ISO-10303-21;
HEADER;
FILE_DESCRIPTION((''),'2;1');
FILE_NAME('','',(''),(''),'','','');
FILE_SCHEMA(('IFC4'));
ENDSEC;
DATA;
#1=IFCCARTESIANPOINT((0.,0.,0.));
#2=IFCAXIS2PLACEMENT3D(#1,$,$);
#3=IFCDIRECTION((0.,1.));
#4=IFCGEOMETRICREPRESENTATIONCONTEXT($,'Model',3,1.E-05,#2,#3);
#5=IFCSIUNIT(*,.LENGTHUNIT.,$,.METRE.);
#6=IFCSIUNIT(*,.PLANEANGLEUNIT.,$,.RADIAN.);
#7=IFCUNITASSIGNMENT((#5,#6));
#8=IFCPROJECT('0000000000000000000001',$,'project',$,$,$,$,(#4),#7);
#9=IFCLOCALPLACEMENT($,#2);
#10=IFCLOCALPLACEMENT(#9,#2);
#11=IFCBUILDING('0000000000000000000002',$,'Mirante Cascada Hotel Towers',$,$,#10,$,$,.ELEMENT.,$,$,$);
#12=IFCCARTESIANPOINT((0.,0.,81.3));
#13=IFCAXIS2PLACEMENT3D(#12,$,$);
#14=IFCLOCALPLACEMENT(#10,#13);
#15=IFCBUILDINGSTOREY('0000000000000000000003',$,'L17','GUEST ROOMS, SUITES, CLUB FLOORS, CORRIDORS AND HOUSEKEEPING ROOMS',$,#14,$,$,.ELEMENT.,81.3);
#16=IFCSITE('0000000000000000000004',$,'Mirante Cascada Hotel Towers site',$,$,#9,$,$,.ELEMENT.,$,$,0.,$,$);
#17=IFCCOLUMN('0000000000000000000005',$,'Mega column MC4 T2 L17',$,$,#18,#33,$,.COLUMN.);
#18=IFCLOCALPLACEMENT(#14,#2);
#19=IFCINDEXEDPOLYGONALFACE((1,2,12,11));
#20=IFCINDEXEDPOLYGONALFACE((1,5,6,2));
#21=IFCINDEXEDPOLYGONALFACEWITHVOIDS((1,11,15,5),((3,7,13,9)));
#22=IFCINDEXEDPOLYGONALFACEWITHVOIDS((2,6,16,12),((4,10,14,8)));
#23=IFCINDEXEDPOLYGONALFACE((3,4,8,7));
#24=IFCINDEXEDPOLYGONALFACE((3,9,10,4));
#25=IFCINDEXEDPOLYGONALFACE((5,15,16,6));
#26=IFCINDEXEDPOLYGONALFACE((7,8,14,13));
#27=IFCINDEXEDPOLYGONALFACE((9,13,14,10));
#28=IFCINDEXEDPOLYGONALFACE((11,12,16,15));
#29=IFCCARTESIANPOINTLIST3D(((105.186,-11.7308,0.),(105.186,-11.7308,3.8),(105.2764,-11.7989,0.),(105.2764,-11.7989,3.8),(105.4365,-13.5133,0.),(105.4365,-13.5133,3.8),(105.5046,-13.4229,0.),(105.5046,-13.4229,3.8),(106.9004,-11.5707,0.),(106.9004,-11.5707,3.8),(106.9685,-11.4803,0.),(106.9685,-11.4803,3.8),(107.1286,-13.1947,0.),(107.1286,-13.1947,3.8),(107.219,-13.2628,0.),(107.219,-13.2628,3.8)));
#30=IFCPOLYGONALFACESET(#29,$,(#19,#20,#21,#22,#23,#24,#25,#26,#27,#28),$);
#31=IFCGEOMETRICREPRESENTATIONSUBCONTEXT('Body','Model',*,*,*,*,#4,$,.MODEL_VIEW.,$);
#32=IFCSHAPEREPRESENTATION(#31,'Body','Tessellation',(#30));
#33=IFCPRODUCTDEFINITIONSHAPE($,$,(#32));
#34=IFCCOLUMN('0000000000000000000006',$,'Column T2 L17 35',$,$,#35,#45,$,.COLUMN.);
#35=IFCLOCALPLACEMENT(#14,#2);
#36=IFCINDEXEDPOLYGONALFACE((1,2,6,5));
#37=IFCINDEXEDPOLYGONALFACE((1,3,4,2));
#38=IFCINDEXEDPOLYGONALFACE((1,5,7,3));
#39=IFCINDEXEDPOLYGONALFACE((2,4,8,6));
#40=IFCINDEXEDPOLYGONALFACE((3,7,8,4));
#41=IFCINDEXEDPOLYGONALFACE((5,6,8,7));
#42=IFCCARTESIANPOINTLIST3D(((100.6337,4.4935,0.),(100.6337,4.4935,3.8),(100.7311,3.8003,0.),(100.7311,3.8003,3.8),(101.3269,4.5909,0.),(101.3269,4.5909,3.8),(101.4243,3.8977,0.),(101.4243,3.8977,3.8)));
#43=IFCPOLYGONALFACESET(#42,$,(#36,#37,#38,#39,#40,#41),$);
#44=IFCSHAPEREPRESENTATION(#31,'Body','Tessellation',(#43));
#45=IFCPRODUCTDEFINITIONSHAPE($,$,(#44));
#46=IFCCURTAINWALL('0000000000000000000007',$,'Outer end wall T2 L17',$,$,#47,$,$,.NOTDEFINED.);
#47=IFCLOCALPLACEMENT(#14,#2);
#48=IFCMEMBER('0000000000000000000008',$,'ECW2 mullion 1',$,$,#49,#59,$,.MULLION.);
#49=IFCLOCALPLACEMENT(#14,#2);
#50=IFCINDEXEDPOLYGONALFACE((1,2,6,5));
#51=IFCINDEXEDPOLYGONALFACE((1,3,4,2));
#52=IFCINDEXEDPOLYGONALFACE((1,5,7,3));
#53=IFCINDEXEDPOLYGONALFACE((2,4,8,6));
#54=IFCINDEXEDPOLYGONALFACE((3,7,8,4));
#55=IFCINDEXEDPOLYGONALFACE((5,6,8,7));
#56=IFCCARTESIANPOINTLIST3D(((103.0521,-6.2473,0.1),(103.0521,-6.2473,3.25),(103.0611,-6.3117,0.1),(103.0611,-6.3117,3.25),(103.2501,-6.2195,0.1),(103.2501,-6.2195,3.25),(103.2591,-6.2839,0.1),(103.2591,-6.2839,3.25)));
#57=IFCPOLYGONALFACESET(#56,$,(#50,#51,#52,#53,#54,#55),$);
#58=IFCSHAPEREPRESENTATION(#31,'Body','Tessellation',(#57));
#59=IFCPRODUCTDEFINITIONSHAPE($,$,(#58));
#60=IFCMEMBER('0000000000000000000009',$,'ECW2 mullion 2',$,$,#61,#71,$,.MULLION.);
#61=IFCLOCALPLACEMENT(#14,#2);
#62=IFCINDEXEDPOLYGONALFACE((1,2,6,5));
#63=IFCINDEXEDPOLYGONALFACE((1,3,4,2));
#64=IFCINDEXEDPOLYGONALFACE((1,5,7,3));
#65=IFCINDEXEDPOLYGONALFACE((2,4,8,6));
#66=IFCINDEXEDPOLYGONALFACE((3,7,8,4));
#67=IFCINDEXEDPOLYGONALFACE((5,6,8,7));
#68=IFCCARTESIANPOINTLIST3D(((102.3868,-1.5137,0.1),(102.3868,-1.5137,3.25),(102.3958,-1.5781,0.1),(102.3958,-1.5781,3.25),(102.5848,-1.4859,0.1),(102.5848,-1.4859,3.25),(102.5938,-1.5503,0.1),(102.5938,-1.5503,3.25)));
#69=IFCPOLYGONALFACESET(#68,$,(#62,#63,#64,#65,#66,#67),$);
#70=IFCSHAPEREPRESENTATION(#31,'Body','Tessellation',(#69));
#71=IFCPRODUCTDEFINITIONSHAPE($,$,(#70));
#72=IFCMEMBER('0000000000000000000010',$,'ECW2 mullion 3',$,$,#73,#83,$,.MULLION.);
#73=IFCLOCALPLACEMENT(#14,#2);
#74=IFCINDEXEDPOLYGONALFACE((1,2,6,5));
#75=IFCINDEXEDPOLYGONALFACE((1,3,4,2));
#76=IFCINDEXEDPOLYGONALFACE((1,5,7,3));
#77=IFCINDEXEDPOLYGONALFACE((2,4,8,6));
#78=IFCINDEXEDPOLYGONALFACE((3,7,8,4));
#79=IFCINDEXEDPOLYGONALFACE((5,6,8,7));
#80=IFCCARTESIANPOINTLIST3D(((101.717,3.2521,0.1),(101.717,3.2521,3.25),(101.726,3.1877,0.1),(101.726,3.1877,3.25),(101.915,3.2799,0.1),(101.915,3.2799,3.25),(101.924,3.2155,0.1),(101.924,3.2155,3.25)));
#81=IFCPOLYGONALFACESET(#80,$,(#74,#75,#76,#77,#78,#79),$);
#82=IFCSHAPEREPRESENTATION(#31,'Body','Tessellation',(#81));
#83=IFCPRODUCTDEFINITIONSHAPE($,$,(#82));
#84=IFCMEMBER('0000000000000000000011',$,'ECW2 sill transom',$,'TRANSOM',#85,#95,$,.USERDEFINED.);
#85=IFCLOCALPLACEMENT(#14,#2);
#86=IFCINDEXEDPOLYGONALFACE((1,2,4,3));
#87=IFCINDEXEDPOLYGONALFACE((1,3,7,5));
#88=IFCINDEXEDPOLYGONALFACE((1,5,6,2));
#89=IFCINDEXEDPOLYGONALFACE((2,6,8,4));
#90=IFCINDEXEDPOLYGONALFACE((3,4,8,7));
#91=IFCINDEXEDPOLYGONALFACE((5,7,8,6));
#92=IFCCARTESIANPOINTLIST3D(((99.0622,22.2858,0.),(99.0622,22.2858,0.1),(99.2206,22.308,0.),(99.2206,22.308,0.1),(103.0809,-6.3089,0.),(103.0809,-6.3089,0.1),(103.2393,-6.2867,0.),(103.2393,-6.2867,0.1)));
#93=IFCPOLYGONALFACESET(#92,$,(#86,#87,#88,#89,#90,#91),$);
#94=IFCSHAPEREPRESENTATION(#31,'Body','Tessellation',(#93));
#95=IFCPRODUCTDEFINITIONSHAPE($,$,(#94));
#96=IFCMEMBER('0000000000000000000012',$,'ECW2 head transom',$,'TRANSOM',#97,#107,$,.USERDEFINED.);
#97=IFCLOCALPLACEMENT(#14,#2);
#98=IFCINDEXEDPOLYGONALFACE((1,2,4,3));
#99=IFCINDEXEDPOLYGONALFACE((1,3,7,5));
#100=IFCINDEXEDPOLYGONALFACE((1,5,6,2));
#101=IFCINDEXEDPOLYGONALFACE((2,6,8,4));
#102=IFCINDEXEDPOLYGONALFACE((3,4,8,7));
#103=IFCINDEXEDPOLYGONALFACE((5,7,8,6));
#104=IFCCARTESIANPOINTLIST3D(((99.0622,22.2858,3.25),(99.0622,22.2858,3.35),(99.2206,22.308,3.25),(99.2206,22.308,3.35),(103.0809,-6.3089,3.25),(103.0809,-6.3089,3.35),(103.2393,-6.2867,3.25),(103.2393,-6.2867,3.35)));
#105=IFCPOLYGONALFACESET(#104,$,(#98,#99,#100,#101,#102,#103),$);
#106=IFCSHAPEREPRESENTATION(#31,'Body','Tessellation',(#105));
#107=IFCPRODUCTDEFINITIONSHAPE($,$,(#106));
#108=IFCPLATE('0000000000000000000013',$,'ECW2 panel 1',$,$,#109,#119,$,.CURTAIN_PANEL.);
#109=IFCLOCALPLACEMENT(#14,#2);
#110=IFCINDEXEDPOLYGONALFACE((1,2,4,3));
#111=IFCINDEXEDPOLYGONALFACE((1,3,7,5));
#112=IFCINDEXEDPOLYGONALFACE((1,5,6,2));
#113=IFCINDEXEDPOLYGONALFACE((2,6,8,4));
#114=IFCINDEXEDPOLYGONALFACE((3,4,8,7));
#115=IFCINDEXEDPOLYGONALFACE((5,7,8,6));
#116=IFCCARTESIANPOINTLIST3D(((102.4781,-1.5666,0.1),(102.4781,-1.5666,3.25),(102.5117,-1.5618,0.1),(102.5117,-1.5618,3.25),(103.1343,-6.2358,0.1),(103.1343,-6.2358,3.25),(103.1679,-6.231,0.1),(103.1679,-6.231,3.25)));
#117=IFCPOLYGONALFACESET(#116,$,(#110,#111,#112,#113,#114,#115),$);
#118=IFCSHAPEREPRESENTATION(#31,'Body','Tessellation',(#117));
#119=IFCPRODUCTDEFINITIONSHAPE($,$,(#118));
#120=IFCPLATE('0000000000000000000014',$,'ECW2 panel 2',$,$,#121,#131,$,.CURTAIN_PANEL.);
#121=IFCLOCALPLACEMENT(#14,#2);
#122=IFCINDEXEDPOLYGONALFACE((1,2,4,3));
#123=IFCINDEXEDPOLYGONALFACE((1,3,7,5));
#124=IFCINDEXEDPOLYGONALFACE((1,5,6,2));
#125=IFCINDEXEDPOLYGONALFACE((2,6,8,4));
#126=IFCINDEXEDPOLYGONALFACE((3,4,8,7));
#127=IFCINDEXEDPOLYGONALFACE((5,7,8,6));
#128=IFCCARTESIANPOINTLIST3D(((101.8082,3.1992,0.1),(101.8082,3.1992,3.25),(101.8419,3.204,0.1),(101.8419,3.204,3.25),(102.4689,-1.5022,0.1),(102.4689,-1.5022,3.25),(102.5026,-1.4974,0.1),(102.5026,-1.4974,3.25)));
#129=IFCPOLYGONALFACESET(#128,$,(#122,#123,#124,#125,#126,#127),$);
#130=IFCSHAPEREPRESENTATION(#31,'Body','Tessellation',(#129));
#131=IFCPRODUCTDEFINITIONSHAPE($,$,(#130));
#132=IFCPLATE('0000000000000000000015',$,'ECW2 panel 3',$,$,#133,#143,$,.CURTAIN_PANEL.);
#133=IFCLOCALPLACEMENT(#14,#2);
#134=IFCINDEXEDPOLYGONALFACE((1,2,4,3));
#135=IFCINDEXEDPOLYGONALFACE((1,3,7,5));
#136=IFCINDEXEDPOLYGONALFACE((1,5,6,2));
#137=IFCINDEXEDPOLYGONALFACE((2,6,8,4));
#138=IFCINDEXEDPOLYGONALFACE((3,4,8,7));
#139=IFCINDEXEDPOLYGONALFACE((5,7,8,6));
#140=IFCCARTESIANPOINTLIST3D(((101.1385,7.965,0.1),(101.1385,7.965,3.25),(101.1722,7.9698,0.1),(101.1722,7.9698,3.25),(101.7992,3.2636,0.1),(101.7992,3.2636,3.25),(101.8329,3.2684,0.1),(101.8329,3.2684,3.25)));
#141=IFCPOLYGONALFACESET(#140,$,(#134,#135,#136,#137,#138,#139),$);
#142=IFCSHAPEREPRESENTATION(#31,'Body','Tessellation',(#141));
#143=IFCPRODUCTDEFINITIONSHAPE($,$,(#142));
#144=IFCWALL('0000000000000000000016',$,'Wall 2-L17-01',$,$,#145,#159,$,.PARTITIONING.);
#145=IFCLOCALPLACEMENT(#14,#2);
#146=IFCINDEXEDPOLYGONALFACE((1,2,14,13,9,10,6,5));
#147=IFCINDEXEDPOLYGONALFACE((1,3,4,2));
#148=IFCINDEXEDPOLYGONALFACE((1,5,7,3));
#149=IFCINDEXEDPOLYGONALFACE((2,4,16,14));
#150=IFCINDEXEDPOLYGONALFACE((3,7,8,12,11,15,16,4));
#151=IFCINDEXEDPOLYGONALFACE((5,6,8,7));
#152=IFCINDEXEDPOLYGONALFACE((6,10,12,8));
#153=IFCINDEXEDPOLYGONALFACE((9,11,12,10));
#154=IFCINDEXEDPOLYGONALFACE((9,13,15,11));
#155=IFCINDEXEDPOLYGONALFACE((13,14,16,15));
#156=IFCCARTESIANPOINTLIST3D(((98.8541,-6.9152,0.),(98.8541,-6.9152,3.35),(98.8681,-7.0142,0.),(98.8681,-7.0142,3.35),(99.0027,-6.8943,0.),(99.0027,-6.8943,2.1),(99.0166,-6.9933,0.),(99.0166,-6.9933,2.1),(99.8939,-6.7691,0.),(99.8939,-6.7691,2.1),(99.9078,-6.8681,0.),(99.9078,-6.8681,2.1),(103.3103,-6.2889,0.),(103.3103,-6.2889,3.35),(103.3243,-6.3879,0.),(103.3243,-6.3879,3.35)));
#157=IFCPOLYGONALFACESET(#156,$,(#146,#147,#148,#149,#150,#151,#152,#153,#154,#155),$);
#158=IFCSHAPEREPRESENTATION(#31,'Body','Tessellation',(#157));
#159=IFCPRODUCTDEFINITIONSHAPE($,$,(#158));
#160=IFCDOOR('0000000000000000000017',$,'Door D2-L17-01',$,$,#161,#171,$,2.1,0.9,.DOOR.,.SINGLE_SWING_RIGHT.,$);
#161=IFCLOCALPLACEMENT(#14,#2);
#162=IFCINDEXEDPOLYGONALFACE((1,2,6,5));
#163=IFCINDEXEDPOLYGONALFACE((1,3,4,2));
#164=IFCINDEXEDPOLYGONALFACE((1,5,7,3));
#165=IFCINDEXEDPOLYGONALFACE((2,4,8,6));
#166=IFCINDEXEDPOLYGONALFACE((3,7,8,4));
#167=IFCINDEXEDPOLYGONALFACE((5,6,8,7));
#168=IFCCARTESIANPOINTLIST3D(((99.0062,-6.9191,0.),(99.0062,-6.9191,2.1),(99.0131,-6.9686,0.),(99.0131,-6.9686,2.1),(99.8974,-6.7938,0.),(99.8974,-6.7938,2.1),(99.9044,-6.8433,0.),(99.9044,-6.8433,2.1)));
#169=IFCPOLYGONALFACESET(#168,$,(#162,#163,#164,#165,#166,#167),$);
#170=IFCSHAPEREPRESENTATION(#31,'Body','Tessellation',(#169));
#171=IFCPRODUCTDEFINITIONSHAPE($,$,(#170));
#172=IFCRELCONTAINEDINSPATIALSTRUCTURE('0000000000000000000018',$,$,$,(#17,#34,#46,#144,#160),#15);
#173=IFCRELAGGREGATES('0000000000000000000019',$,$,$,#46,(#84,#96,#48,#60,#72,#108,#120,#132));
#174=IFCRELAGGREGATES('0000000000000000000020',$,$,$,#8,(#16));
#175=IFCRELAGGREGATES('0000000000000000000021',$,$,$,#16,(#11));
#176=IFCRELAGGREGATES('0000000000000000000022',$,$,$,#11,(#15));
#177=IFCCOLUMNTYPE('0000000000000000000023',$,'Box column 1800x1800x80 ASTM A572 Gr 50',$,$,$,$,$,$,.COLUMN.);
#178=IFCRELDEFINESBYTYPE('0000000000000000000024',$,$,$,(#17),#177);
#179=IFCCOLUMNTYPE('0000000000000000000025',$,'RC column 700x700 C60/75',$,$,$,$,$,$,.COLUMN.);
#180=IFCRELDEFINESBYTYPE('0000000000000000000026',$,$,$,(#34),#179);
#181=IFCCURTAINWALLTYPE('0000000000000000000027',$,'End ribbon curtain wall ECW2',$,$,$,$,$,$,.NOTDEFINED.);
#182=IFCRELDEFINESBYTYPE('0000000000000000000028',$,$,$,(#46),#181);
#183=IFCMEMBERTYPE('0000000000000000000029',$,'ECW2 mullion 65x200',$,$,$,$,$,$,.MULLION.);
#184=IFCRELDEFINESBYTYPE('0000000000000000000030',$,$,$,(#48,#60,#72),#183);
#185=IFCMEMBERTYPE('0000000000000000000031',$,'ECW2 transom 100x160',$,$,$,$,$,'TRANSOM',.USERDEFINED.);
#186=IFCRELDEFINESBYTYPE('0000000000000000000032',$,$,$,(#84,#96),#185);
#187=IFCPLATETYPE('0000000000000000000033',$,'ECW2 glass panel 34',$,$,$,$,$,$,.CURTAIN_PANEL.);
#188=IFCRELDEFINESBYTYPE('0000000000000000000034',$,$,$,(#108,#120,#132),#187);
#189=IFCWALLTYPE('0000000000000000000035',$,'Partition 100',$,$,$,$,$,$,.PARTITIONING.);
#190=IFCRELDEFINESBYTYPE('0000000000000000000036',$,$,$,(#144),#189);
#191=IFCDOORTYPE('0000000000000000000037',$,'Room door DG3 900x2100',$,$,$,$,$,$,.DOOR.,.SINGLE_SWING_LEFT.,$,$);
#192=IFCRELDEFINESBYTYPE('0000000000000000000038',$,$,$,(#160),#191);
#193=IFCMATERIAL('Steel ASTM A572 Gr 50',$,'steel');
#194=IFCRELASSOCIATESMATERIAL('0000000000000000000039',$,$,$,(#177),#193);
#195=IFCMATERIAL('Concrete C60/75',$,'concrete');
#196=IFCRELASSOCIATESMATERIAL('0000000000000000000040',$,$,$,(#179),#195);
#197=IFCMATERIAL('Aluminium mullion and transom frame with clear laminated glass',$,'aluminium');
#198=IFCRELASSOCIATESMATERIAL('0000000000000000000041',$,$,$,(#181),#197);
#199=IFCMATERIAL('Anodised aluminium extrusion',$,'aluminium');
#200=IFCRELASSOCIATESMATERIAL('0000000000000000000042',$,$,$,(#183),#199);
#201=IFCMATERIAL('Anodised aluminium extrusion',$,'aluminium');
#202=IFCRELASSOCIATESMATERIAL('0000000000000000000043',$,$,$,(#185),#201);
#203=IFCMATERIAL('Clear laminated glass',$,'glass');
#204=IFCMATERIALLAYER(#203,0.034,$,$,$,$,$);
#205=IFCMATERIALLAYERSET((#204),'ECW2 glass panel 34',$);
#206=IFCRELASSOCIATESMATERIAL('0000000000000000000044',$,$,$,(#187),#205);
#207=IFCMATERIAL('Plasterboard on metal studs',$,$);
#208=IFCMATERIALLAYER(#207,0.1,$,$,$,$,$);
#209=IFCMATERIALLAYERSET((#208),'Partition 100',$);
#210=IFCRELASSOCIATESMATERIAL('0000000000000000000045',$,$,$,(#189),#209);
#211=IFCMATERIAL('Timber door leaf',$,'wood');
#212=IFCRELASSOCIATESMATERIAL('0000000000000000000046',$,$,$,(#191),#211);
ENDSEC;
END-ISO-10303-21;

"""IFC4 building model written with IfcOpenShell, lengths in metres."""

from ifc_helpers import new_model, si_unit, direction, frame, frame_2d, origin, origin_2d, place, context, subcontext, project, spatial, rectangle, hollow_rectangle, extrude, material, layer, layer_set, material_profile, profile_set, type_object, element, fill, aggregate, save


model = new_model("IFC4")

# Units and contexts
model_context = context("Model", 3, precision=1e-05, world=origin(), true_north=direction((0.0, 1.0)))
body_context = subcontext(model_context, "Body", "Model", "MODEL_VIEW")
ifc_project = project(units=[si_unit("LENGTHUNIT", "METRE"), si_unit("PLANEANGLEUNIT", "RADIAN")], contexts=[model_context])

# Site, building, storey
site_placement = place(None, origin())
site = spatial("IfcSite", under=ifc_project, at=site_placement, Name="Mirante Cascada Hotel Towers site", CompositionType="ELEMENT", RefElevation=0.0)
building_placement = place(site_placement, origin())
building = spatial("IfcBuilding", under=site, at=building_placement, Name="Mirante Cascada Hotel Towers", CompositionType="ELEMENT")
storey_placement = place(building_placement, frame((0.0, 0.0, 81.3)))
storey = spatial("IfcBuildingStorey", under=building, at=storey_placement, Name="L17", Description="GUEST ROOMS, SUITES, CLUB FLOORS, CORRIDORS AND HOUSEKEEPING ROOMS", CompositionType="ELEMENT", Elevation=81.3)

# Columns
ifc_material_1 = material(Name="Steel ASTM A572 Gr 50", Category="steel")
ifc_material_profile_1 = material_profile(ifc_material_1, hollow_rectangle(XDim=1.8, YDim=1.8, WallThickness=0.08, at=origin_2d()), Name="Box column 1800x1800x80 ASTM A572 Gr 50")
ifc_profile_set_1 = profile_set([ifc_material_profile_1], Name="Steel ASTM A572 Gr 50")
column_type_1 = type_object("IfcColumnType", Name="Box column 1800x1800x80 ASTM A572 Gr 50", PredefinedType="COLUMN", material=ifc_profile_set_1)
column_1_placement = place(storey_placement, frame((106.2025, -12.4968, 0.0), z_axis=(0.0, 0.0, 1.0), x_axis=(0.990268, 0.139173, 0.0)))
element("IfcColumn", 1, at=column_1_placement, inside=storey, type_object=column_type_1, Name="Mega column MC4 T2 L17", PredefinedType="COLUMN", context=body_context, shape_type="SweptSolid", body=[
    extrude(hollow_rectangle(XDim=1.8, YDim=1.8, WallThickness=0.08, at=origin_2d()), origin(), (0.0, 0.0, 1.0), 3.8),
])
ifc_material_2 = material(Name="Concrete C60/75", Category="concrete")
ifc_material_profile_2 = material_profile(ifc_material_2, rectangle(XDim=0.7, YDim=0.7, at=origin_2d()), Name="RC column 700x700 C60/75")
ifc_profile_set_2 = profile_set([ifc_material_profile_2], Name="Concrete C60/75")
column_type_2 = type_object("IfcColumnType", Name="RC column 700x700 C60/75", PredefinedType="COLUMN", material=ifc_profile_set_2)
column_2_placement = place(storey_placement, frame((101.029, 4.1956, 0.0), z_axis=(0.0, 0.0, 1.0), x_axis=(0.990268, 0.139173, 0.0)))
element("IfcColumn", 2, at=column_2_placement, inside=storey, type_object=column_type_2, Name="Column T2 L17 35", PredefinedType="COLUMN", context=body_context, shape_type="SweptSolid", body=[
    extrude(rectangle(XDim=0.7, YDim=0.7, at=origin_2d()), origin(), (0.0, 0.0, 1.0), 3.8),
])

# Curtain wall, members, plates
ifc_material_3 = material(Name="Aluminium mullion and transom frame with clear laminated glass", Category="aluminium")
curtain_wall_type = type_object("IfcCurtainWallType", Name="End ribbon curtain wall ECW2", PredefinedType="NOTDEFINED", material=ifc_material_3)
curtain_wall_placement = place(storey_placement, origin())
curtain_wall = element("IfcCurtainWall", 3, at=curtain_wall_placement, inside=storey, type_object=curtain_wall_type, Name="Outer end wall T2 L17", PredefinedType="NOTDEFINED")
ifc_material_4 = material(Name="Anodised aluminium extrusion", Category="aluminium")
ifc_material_profile_3 = material_profile(ifc_material_4, rectangle(XDim=0.2, YDim=0.065, at=origin_2d()), Name="ECW2 MULLION 65x200")
ifc_profile_set_3 = profile_set([ifc_material_profile_3], Name="Anodised aluminium extrusion")
member_type_1 = type_object("IfcMemberType", Name="ECW2 mullion 65x200", PredefinedType="MULLION", material=ifc_profile_set_3)
member_1_placement = place(storey_placement, frame((103.1556, -6.2656, 0.1), z_axis=(0.0, 0.0, 1.0), x_axis=(-0.990268, -0.139173, 0.0)))
member_1 = element("IfcMember", 4, at=member_1_placement, type_object=member_type_1, Name="ECW2 mullion 1", PredefinedType="MULLION", context=body_context, shape_type="SweptSolid", body=[
    extrude(rectangle(XDim=0.2, YDim=0.065, at=origin_2d()), origin(), (0.0, 0.0, 1.0), 3.15),
])
member_2_placement = place(storey_placement, frame((102.4903, -1.532, 0.1), z_axis=(0.0, 0.0, 1.0), x_axis=(-0.990268, -0.139173, 0.0)))
member_2 = element("IfcMember", 5, at=member_2_placement, type_object=member_type_1, Name="ECW2 mullion 2", PredefinedType="MULLION", context=body_context, shape_type="SweptSolid", body=[
    extrude(rectangle(XDim=0.2, YDim=0.065, at=origin_2d()), origin(), (0.0, 0.0, 1.0), 3.15),
])
member_3_placement = place(storey_placement, frame((101.8205, 3.2338, 0.1), z_axis=(0.0, 0.0, 1.0), x_axis=(-0.990268, -0.139173, 0.0)))
member_3 = element("IfcMember", 6, at=member_3_placement, type_object=member_type_1, Name="ECW2 mullion 3", PredefinedType="MULLION", context=body_context, shape_type="SweptSolid", body=[
    extrude(rectangle(XDim=0.2, YDim=0.065, at=origin_2d()), origin(), (0.0, 0.0, 1.0), 3.15),
])
ifc_material_5 = material(Name="Anodised aluminium extrusion", Category="aluminium")
ifc_material_profile_4 = material_profile(ifc_material_5, rectangle(XDim=0.16, YDim=0.1, at=origin_2d()), Name="ECW2 TRANSOM 100x160")
ifc_profile_set_4 = profile_set([ifc_material_profile_4], Name="Anodised aluminium extrusion")
member_type_2 = type_object("IfcMemberType", Name="ECW2 transom 100x160", ElementType="TRANSOM", PredefinedType="USERDEFINED", material=ifc_profile_set_4)
member_4_placement = place(storey_placement, frame((103.1601, -6.2978, 0.05), z_axis=(-0.139172, 0.990268, 0.0), x_axis=(-0.990268, -0.139172, 0.0)))
member_4 = element("IfcMember", 7, at=member_4_placement, type_object=member_type_2, Name="ECW2 sill transom", ObjectType="TRANSOM", PredefinedType="USERDEFINED", context=body_context, shape_type="SweptSolid", body=[
    extrude(rectangle(XDim=0.16, YDim=0.1, at=origin_2d()), origin(), (0.0, 0.0, 1.0), 28.8757),
])
member_5_placement = place(storey_placement, frame((103.1601, -6.2978, 3.3), z_axis=(-0.139172, 0.990268, 0.0), x_axis=(-0.990268, -0.139172, 0.0)))
member_5 = element("IfcMember", 8, at=member_5_placement, type_object=member_type_2, Name="ECW2 head transom", ObjectType="TRANSOM", PredefinedType="USERDEFINED", context=body_context, shape_type="SweptSolid", body=[
    extrude(rectangle(XDim=0.16, YDim=0.1, at=origin_2d()), origin(), (0.0, 0.0, 1.0), 28.8757),
])
ifc_material_6 = material(Name="Clear laminated glass", Category="glass")
ifc_layer_1 = layer(ifc_material_6, 0.034)
ifc_layer_set_1 = layer_set([ifc_layer_1], Name="ECW2 glass panel 34")
plate_type = type_object("IfcPlateType", Name="ECW2 glass panel 34", PredefinedType="CURTAIN_PANEL", material=ifc_layer_set_1)
plate_1_placement = place(storey_placement, frame((102.823, -3.8988, 0.1), z_axis=(0.0, 0.0, 1.0), x_axis=(-0.139173, 0.990268, 0.0)))
plate_1 = element("IfcPlate", 9, at=plate_1_placement, type_object=plate_type, Name="ECW2 panel 1", PredefinedType="CURTAIN_PANEL", context=body_context, shape_type="SweptSolid", body=[
    extrude(rectangle(XDim=4.7151, YDim=0.034, at=origin_2d()), origin(), (0.0, 0.0, 1.0), 3.15),
])
plate_2_placement = place(storey_placement, frame((102.1554, 0.8509, 0.1), z_axis=(0.0, 0.0, 1.0), x_axis=(-0.139173, 0.990268, 0.0)))
plate_2 = element("IfcPlate", 10, at=plate_2_placement, type_object=plate_type, Name="ECW2 panel 2", PredefinedType="CURTAIN_PANEL", context=body_context, shape_type="SweptSolid", body=[
    extrude(rectangle(XDim=4.7476, YDim=0.034, at=origin_2d()), origin(), (0.0, 0.0, 1.0), 3.15),
])
plate_3_placement = place(storey_placement, frame((101.4857, 5.6167, 0.1), z_axis=(0.0, 0.0, 1.0), x_axis=(-0.139173, 0.990268, 0.0)))
plate_3 = element("IfcPlate", 11, at=plate_3_placement, type_object=plate_type, Name="ECW2 panel 3", PredefinedType="CURTAIN_PANEL", context=body_context, shape_type="SweptSolid", body=[
    extrude(rectangle(XDim=4.7476, YDim=0.034, at=origin_2d()), origin(), (0.0, 0.0, 1.0), 3.15),
])
aggregate(curtain_wall, [member_4, member_5, member_1, member_2, member_3, plate_1, plate_2, plate_3])

# Wall, opening, door
ifc_material_7 = material(Name="Plasterboard on metal studs")
ifc_layer_2 = layer(ifc_material_7, 0.1)
ifc_layer_set_2 = layer_set([ifc_layer_2], Name="Partition 100")
wall_type_1 = type_object("IfcWallType", Name="Partition 100", PredefinedType="PARTITIONING", material=ifc_layer_set_2)
wall_1_placement = place(storey_placement, frame((103.3173, -6.3384, 0.0), z_axis=(0.0, 0.0, 1.0), x_axis=(-0.990267, -0.139178, 0.0)))
wall_1 = element("IfcWall", 12, at=wall_1_placement, inside=storey, type_object=wall_type_1, Name="Wall 2-L17-01", PredefinedType="PARTITIONING", context=body_context, shape_type="SweptSolid", body=[
    extrude(rectangle(XDim=4.5, YDim=0.1, at=frame_2d((2.25, 0.0))), origin(), (0.0, 0.0, 1.0), 3.35),
])
opening_1_placement = place(wall_1_placement, frame((3.45, 0.0, 0.0)))
opening_1 = element("IfcOpeningElement", 13, at=opening_1_placement, cuts=wall_1, PredefinedType="OPENING", context=body_context, shape_type="SweptSolid", body=[
    extrude(rectangle(XDim=0.9, YDim=2.1, at=frame_2d((0.45, 1.05))), frame((0.0, 0.05, 0.0), z_axis=(0.0, -1.0, 0.0), x_axis=(1.0, 0.0, 0.0)), (0.0, 0.0, 1.0), 0.1),
])
ifc_material_8 = material(Name="Timber door leaf", Category="wood")
door_type_1 = type_object("IfcDoorType", Name="Room door DG3 900x2100", OperationType="SINGLE_SWING_LEFT", PredefinedType="DOOR", material=ifc_material_8)
door_1_placement = place(opening_1_placement, frame((0.9, 0.0, 0.0), z_axis=(0.0, 0.0, 1.0), x_axis=(-1.0, 0.0, 0.0)))
door_1 = element("IfcDoor", 14, at=door_1_placement, inside=storey, type_object=door_type_1, Name="Door D2-L17-01", OperationType="SINGLE_SWING_RIGHT", OverallHeight=2.1, OverallWidth=0.9, PredefinedType="DOOR", context=body_context, shape_type="SweptSolid", body=[
    extrude(rectangle(XDim=0.9, YDim=2.1, at=frame_2d((0.45, 1.05))), frame((0.0, 0.025, 0.0), z_axis=(0.0, -1.0, 0.0), x_axis=(1.0, 0.0, 0.0)), (0.0, 0.0, 1.0), 0.05),
])
fill(opening_1, door_1)

save(model, "model.ifc")
